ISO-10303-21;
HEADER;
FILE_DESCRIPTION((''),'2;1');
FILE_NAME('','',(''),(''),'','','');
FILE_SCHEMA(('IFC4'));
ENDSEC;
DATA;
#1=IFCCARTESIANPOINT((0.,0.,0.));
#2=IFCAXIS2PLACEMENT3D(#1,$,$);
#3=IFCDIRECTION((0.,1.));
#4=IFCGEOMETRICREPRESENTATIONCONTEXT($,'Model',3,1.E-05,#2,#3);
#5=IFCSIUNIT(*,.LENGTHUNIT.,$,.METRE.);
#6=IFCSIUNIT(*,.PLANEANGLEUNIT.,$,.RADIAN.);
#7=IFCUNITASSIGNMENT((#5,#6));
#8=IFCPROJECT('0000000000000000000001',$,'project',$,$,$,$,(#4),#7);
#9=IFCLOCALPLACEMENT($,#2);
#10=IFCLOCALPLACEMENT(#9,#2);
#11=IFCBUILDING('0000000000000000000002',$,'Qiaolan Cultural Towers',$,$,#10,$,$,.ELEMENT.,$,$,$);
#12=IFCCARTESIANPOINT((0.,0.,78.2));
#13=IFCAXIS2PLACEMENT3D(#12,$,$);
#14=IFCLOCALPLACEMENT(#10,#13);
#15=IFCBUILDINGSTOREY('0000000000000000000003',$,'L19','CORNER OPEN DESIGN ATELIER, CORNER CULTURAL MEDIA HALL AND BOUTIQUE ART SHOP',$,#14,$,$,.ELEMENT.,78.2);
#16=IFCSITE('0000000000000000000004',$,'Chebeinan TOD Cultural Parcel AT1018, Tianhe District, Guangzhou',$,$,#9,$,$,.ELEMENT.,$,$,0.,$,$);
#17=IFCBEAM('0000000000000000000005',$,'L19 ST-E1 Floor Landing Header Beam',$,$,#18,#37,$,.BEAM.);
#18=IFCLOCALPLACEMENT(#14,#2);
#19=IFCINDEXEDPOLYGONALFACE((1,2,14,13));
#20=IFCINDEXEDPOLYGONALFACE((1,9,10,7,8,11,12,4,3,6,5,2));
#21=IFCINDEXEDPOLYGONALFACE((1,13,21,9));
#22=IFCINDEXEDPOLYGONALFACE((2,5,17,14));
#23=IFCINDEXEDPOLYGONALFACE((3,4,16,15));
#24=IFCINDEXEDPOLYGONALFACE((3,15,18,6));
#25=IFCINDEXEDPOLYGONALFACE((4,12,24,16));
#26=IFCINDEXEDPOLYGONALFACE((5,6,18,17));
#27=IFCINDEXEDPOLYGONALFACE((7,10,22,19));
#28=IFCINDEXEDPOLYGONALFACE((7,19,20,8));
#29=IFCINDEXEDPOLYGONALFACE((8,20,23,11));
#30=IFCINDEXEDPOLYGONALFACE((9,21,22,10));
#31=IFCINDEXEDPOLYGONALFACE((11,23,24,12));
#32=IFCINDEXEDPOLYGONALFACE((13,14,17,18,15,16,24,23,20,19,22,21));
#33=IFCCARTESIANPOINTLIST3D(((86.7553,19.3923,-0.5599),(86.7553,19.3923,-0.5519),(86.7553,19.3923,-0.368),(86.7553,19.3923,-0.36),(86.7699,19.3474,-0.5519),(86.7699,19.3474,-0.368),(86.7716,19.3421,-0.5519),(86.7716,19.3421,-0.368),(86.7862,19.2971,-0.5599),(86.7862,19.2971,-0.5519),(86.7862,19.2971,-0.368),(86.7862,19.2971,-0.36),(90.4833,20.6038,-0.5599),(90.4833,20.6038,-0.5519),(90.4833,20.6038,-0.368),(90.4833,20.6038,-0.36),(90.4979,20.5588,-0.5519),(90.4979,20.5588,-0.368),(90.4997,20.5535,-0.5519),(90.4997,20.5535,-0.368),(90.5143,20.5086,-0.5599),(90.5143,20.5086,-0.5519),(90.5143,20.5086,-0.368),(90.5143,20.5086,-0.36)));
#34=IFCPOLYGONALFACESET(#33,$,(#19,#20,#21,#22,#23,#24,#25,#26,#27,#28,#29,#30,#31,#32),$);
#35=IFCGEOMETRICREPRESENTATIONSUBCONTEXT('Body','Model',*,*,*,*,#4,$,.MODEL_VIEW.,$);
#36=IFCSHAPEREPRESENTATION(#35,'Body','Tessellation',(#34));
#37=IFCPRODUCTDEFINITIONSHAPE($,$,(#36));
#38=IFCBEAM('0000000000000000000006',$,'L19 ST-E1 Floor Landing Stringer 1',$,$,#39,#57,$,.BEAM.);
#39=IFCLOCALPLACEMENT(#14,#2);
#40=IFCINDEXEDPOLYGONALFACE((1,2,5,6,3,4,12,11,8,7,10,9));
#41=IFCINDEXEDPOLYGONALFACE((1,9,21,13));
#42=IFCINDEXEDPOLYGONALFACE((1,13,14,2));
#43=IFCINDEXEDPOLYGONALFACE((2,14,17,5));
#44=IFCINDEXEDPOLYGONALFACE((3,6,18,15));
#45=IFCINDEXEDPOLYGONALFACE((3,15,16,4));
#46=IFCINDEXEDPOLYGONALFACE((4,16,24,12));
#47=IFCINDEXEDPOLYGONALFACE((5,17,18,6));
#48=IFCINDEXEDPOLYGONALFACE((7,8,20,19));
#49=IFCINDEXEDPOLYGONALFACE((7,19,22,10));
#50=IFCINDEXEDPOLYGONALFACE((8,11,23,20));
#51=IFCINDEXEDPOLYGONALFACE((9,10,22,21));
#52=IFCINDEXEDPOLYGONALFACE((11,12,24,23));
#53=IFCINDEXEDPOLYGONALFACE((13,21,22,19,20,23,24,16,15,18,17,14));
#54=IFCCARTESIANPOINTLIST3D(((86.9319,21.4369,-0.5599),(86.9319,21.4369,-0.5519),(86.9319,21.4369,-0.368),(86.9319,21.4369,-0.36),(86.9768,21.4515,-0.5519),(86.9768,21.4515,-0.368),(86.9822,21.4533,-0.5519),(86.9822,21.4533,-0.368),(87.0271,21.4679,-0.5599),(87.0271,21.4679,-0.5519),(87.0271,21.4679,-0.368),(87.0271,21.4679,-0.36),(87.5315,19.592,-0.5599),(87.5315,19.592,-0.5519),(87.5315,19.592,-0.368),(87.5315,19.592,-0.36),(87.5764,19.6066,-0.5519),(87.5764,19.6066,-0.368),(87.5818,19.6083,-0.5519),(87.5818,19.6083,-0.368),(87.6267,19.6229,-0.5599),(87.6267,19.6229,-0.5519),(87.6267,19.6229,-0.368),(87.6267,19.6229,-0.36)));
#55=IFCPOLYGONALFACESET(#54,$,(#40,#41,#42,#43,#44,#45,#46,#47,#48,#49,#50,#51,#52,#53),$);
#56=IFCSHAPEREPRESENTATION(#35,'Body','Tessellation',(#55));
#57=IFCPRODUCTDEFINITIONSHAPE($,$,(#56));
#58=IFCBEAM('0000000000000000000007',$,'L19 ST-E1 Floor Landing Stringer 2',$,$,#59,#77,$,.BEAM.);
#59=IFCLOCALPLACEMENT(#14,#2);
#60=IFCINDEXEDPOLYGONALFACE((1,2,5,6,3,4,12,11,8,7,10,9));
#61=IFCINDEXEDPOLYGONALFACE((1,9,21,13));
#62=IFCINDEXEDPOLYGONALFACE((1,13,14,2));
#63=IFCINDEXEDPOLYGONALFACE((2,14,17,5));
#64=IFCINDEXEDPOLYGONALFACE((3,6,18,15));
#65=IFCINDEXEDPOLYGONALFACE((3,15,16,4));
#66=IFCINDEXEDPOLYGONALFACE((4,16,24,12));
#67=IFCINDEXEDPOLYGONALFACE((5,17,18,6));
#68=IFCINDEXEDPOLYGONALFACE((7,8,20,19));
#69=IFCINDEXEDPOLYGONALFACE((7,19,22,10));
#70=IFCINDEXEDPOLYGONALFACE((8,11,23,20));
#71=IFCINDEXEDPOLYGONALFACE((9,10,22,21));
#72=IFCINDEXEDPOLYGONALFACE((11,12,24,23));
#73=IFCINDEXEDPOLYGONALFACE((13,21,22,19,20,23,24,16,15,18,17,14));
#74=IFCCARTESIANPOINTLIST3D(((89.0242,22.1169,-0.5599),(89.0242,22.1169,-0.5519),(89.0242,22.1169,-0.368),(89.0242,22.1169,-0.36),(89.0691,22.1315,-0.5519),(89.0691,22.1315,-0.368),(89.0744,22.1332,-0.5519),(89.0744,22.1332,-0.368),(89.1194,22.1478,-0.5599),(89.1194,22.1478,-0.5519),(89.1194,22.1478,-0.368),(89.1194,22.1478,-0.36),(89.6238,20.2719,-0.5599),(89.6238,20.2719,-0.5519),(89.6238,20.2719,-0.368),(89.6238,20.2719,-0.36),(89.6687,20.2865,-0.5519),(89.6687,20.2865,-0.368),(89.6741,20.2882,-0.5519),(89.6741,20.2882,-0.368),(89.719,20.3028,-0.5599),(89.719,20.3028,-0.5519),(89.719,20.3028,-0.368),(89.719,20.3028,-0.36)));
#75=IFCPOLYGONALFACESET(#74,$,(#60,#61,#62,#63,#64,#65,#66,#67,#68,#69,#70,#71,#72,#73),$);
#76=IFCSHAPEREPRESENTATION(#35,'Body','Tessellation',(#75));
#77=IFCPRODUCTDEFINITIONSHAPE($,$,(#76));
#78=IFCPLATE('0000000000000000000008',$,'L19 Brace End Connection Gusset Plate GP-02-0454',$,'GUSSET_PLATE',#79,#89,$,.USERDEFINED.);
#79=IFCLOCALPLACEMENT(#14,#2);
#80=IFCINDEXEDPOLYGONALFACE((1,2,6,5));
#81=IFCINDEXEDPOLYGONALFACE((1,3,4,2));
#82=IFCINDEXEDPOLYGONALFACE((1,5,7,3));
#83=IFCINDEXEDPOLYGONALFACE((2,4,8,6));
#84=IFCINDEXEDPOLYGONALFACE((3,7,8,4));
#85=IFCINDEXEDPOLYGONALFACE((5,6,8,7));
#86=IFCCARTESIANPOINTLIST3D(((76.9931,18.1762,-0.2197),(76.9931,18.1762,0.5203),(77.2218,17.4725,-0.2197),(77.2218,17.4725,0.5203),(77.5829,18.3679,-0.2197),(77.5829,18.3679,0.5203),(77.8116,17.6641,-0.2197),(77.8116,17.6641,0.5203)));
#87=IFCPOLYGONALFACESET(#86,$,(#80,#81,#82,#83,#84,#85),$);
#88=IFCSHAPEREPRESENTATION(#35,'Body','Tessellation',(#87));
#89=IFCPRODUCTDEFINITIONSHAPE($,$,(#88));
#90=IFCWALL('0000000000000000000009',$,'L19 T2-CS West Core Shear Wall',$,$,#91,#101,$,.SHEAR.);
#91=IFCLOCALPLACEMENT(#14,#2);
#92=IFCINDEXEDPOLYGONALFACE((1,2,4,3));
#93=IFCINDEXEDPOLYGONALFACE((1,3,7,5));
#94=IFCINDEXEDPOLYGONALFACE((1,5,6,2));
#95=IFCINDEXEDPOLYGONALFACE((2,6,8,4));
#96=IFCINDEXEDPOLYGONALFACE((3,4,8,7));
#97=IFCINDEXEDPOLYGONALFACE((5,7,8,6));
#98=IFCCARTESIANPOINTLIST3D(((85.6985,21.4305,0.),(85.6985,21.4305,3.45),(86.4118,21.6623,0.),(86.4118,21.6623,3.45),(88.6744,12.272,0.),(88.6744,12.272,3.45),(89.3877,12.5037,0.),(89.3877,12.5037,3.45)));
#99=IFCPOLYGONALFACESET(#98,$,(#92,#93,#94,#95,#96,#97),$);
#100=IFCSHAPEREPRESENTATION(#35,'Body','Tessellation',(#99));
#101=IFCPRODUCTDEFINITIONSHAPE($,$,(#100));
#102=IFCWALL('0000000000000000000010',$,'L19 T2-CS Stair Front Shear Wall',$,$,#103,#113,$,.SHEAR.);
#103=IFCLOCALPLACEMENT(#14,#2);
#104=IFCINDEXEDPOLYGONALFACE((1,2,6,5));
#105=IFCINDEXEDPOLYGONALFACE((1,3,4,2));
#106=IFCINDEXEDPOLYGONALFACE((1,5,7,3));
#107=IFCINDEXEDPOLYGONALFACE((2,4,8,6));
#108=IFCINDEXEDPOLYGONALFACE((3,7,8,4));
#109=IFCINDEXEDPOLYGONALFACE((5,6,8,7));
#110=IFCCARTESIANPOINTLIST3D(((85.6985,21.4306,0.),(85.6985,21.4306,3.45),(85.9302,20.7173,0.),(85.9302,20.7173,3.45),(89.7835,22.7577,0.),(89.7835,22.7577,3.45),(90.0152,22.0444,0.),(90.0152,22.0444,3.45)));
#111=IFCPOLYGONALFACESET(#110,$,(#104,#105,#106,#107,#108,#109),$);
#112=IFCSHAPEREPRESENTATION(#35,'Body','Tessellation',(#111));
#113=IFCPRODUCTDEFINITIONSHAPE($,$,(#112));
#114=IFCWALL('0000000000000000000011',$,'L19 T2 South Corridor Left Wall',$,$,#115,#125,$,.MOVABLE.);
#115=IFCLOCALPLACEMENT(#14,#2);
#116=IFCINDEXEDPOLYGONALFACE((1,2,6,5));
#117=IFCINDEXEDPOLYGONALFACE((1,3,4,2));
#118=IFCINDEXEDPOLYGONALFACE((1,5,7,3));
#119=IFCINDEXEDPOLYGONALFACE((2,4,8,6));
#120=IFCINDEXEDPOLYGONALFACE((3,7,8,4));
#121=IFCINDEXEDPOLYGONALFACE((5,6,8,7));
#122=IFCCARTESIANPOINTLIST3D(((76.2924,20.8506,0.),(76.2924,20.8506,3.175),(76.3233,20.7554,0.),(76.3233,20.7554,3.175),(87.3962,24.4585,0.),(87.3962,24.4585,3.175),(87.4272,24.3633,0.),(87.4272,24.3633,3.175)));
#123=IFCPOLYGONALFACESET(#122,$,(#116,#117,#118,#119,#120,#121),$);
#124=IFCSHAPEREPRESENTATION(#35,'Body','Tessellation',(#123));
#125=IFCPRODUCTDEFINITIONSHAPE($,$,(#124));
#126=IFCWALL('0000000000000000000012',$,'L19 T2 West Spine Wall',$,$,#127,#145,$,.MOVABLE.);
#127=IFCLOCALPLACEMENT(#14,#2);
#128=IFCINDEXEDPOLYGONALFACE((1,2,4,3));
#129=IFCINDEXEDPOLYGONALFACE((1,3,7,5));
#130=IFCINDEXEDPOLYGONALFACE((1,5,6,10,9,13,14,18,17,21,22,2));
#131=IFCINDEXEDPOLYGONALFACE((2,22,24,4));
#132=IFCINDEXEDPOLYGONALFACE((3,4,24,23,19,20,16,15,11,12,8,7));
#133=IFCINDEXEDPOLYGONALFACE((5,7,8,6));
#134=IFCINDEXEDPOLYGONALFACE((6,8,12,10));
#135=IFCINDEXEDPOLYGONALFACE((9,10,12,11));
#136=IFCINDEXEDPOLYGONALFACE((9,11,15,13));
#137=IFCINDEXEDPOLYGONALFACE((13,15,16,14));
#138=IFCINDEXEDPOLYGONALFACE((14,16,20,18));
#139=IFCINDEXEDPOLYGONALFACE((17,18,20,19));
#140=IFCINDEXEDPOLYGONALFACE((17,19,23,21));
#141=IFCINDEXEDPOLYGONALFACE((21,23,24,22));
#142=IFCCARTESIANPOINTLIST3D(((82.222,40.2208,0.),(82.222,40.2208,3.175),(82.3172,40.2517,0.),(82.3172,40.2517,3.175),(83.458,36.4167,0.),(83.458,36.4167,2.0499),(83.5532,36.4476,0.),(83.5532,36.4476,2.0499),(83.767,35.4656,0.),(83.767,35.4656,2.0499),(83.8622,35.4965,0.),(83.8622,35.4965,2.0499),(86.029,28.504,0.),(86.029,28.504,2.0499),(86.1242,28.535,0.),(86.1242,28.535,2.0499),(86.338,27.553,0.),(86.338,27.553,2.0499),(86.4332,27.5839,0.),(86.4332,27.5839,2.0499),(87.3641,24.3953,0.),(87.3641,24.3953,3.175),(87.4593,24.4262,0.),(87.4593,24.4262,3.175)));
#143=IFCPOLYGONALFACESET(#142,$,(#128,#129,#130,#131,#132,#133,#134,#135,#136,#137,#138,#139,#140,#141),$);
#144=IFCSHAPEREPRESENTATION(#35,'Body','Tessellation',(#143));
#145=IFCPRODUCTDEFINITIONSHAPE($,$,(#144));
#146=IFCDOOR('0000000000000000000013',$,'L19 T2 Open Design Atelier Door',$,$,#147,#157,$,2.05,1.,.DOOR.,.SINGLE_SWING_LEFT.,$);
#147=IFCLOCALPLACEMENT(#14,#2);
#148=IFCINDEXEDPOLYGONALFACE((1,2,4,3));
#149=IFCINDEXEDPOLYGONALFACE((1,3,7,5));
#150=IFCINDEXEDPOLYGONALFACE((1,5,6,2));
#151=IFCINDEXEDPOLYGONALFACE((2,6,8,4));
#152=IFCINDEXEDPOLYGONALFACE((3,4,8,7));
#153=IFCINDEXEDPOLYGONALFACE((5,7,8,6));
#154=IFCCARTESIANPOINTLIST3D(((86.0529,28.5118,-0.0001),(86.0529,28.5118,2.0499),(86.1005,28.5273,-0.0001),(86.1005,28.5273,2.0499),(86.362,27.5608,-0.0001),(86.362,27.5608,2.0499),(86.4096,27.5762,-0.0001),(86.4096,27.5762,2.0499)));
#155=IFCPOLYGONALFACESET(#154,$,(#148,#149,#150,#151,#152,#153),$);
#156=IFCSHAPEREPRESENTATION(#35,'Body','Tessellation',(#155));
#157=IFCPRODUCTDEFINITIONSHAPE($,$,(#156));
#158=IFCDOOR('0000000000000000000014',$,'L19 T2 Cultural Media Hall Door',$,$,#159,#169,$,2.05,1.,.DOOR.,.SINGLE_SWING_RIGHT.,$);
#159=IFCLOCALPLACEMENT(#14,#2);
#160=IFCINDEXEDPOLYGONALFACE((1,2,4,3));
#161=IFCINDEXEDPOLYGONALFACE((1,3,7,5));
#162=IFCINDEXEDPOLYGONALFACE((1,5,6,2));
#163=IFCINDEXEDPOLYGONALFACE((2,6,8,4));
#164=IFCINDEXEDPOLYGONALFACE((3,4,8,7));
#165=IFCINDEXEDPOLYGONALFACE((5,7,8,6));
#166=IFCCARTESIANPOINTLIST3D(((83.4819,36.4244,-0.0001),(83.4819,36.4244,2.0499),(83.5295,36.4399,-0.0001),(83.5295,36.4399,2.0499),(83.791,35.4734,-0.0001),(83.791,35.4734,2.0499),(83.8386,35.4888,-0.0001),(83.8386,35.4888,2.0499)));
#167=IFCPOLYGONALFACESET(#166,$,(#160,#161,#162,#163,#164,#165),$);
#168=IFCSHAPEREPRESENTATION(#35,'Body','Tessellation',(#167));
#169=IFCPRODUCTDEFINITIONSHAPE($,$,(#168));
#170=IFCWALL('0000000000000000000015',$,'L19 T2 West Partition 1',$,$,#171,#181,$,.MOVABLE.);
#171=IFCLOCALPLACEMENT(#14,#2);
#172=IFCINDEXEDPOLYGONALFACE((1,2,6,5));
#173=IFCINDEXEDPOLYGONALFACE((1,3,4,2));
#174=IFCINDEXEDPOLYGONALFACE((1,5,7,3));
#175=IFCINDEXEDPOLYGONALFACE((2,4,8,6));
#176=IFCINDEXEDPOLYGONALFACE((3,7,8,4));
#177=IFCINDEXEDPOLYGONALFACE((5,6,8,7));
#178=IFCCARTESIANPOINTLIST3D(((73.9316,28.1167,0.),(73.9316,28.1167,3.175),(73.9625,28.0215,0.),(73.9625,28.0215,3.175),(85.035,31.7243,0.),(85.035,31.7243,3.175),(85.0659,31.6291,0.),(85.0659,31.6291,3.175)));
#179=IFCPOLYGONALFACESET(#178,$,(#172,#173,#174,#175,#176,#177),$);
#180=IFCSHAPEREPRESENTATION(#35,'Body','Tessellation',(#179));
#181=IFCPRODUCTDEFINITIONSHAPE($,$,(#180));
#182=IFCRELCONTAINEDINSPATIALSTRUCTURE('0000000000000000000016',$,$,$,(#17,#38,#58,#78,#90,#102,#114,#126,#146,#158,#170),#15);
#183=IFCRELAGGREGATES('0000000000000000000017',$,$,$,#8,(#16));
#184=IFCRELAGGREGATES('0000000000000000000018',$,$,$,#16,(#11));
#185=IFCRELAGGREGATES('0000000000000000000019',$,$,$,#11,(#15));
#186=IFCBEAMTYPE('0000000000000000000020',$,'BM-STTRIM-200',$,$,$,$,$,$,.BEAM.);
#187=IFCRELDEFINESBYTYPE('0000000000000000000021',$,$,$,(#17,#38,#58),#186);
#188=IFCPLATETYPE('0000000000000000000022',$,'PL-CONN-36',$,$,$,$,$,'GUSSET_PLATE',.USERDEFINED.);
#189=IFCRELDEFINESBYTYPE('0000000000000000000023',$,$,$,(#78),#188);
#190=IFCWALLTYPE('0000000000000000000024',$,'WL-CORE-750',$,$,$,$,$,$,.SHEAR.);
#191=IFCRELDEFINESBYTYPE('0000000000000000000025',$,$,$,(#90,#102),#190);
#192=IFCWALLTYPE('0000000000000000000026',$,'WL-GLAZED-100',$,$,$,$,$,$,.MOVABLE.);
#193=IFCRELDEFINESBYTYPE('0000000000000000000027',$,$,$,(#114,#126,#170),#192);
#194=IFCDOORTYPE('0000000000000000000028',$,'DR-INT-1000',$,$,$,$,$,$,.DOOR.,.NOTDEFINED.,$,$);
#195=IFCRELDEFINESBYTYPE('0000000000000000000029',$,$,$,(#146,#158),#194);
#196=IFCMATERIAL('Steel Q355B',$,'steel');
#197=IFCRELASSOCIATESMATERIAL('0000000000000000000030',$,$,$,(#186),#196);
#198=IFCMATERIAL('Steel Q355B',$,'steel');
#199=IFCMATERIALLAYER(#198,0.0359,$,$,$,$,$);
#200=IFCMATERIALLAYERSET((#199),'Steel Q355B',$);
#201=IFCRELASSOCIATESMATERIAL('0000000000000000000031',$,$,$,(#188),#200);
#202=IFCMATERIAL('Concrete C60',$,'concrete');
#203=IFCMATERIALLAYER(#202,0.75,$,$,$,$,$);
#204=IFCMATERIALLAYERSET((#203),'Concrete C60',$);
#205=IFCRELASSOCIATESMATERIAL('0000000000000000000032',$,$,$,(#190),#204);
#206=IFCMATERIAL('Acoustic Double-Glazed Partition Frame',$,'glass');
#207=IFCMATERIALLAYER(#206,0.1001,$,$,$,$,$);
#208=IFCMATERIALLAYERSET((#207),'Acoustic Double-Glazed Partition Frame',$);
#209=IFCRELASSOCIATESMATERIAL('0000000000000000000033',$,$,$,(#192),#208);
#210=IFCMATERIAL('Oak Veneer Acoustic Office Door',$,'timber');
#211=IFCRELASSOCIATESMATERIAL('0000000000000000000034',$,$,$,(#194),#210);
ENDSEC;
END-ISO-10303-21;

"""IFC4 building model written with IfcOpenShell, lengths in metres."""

from ifc_helpers import new_model, si_unit, direction, frame, frame_2d, origin, origin_2d, place, context, subcontext, project, spatial, rectangle, i_section, extrude, material, layer, layer_set, material_profile, profile_set, type_object, element, fill, save


model = new_model("IFC4")

# Units and contexts
model_context = context("Model", 3, precision=1e-05, world=origin(), true_north=direction((0.0, 1.0)))
body_context = subcontext(model_context, "Body", "Model", "MODEL_VIEW")
ifc_project = project(units=[si_unit("LENGTHUNIT", "METRE"), si_unit("PLANEANGLEUNIT", "RADIAN")], contexts=[model_context])

# Site, building, storey
site_placement = place(None, origin())
site = spatial("IfcSite", under=ifc_project, at=site_placement, Name="Chebeinan TOD Cultural Parcel AT1018, Tianhe District, Guangzhou", CompositionType="ELEMENT", RefElevation=0.0)
building_placement = place(site_placement, origin())
building = spatial("IfcBuilding", under=site, at=building_placement, Name="Qiaolan Cultural Towers", CompositionType="ELEMENT")
storey_placement = place(building_placement, frame((0.0, 0.0, 78.2)))
storey = spatial("IfcBuildingStorey", under=building, at=storey_placement, Name="L19", Description="CORNER OPEN DESIGN ATELIER, CORNER CULTURAL MEDIA HALL AND BOUTIQUE ART SHOP", CompositionType="ELEMENT", Elevation=78.2)

# Beams
ifc_material_1 = material(Name="Steel Q355B", Category="steel")
ifc_material_profile_1 = material_profile(ifc_material_1, i_section(OverallWidth=0.1001, OverallDepth=0.2, WebThickness=0.0056, FlangeThickness=0.0081, at=origin_2d()), Name="HN200x100x5.5x8")
ifc_profile_set_1 = profile_set([ifc_material_profile_1], Name="Steel Q355B")
beam_type_1 = type_object("IfcBeamType", Name="BM-STTRIM-200", PredefinedType="BEAM", material=ifc_profile_set_1)
beam_1_placement = place(storey_placement, frame((86.7708, 19.3447, -0.46), z_axis=(0.951048, 0.309044, 0.0), x_axis=(-0.309044, 0.951048, 0.0)))
element("IfcBeam", 1, at=beam_1_placement, inside=storey, type_object=beam_type_1, Name="L19 ST-E1 Floor Landing Header Beam", PredefinedType="BEAM", context=body_context, shape_type="SweptSolid", body=[
    extrude(i_section(OverallWidth=0.1001, OverallDepth=0.2, WebThickness=0.0056, FlangeThickness=0.0081, at=origin_2d()), origin(), (0.0, 0.0, 1.0), 3.9199),
])
for number, where, z_axis, x_axis, name in (
    (2, (86.9795, 21.4524, -0.46), (0.309083, -0.951035, 0.0), (0.951035, 0.309083, 0.0), "L19 ST-E1 Floor Landing Stringer 1"),
    (3, (89.0718, 22.1323, -0.46), (0.309083, -0.951035, 0.0), (0.951035, 0.309083, 0.0), "L19 ST-E1 Floor Landing Stringer 2"),
):
    element("IfcBeam", number, at=place(storey_placement, frame(where, z_axis=z_axis, x_axis=x_axis)), inside=storey, type_object=beam_type_1, Name=name, PredefinedType="BEAM", context=body_context, shape_type="SweptSolid", body=[
        extrude(i_section(OverallWidth=0.1001, OverallDepth=0.2, WebThickness=0.0056, FlangeThickness=0.0081, at=origin_2d()), origin(), (0.0, 0.0, 1.0), 1.9399),
    ])

# Plate
ifc_material_2 = material(Name="Steel Q355B", Category="steel")
ifc_layer_1 = layer(ifc_material_2, 0.0359)
ifc_layer_set_1 = layer_set([ifc_layer_1], Name="Steel Q355B")
plate_type = type_object("IfcPlateType", Name="PL-CONN-36", ElementType="GUSSET_PLATE", PredefinedType="USERDEFINED", material=ifc_layer_set_1)
plate_placement = place(storey_placement, frame((77.4023, 17.9202, -0.2197), z_axis=(0.0, 0.0, 1.0), x_axis=(-0.309017, 0.951057, 0.0)))
element("IfcPlate", 4, at=plate_placement, inside=storey, type_object=plate_type, Name="L19 Brace End Connection Gusset Plate GP-02-0454", ObjectType="GUSSET_PLATE", PredefinedType="USERDEFINED", context=body_context, shape_type="SweptSolid", body=[
    extrude(rectangle(XDim=0.74, YDim=0.6201, at=origin_2d()), origin(), (0.0, 0.0, 1.0), 0.74),
])

# Walls
ifc_material_3 = material(Name="Concrete C60", Category="concrete")
ifc_layer_2 = layer(ifc_material_3, 0.75)
ifc_layer_set_2 = layer_set([ifc_layer_2], Name="Concrete C60")
wall_type_1 = type_object("IfcWallType", Name="WL-CORE-750", PredefinedType="SHEAR", material=ifc_layer_set_2)
wall_1_placement = place(storey_placement, frame((86.0552, 21.5464, 0.0), z_axis=(0.0, 0.0, 1.0), x_axis=(0.309024, -0.951054, 0.0)))
element("IfcWall", 5, at=wall_1_placement, inside=storey, type_object=wall_type_1, Name="L19 T2-CS West Core Shear Wall", PredefinedType="SHEAR", context=body_context, shape_type="SweptSolid", body=[
    extrude(rectangle(XDim=9.6299, YDim=0.75, at=frame_2d((4.8149, 0.0))), origin(), (0.0, 0.0, 1.0), 3.45),
])
wall_2_placement = place(storey_placement, frame((85.8145, 21.074, 0.0), z_axis=(0.0, 0.0, 1.0), x_axis=(0.951066, 0.308988, 0.0)))
element("IfcWall", 6, at=wall_2_placement, inside=storey, type_object=wall_type_1, Name="L19 T2-CS Stair Front Shear Wall", PredefinedType="SHEAR", context=body_context, shape_type="SweptSolid", body=[
    extrude(rectangle(XDim=4.2952, YDim=0.75, at=frame_2d((2.1475, 0.0))), origin(), (0.0, 0.0, 1.0), 3.45),
])
ifc_material_4 = material(Name="Acoustic Double-Glazed Partition Frame", Category="glass")
ifc_layer_3 = layer(ifc_material_4, 0.1001)
ifc_layer_set_3 = layer_set([ifc_layer_3], Name="Acoustic Double-Glazed Partition Frame")
wall_type_2 = type_object("IfcWallType", Name="WL-GLAZED-100", PredefinedType="MOVABLE", material=ifc_layer_set_3)
wall_3_placement = place(storey_placement, frame((76.3079, 20.803, 0.0), z_axis=(0.0, 0.0, 1.0), x_axis=(0.951055, 0.309023, 0.0)))
element("IfcWall", 7, at=wall_3_placement, inside=storey, type_object=wall_type_2, Name="L19 T2 South Corridor Left Wall", PredefinedType="MOVABLE", context=body_context, shape_type="SweptSolid", body=[
    extrude(rectangle(XDim=11.6753, YDim=0.1001, at=frame_2d((5.8376, 0.0))), origin(), (0.0, 0.0, 1.0), 3.175),
])

# Wall, openings, doors
wall_4_placement = place(storey_placement, frame((87.4116, 24.4109, 0.0), z_axis=(0.0, 0.0, 1.0), x_axis=(-0.309022, 0.951055, 0.0)))
wall_4 = element("IfcWall", 8, at=wall_4_placement, inside=storey, type_object=wall_type_2, Name="L19 T2 West Spine Wall", PredefinedType="MOVABLE", context=body_context, shape_type="SweptSolid", body=[
    extrude(rectangle(XDim=16.6399, YDim=0.1001, at=frame_2d((8.3198, 0.0))), origin(), (0.0, 0.0, 1.0), 3.175),
])
opening_1_placement = place(wall_4_placement, frame((3.3201, 0.0, 0.0)))
opening_1 = element("IfcOpeningElement", 9, at=opening_1_placement, cuts=wall_4, PredefinedType="OPENING", context=body_context, shape_type="SweptSolid", body=[
    extrude(rectangle(XDim=1.0, YDim=2.05, at=frame_2d((0.5, 1.0249))), frame((0.0, 0.0601, 0.0), z_axis=(0.0, -1.0, 0.0), x_axis=(1.0, 0.0, 0.0)), (0.0, 0.0, 1.0), 0.1201),
])
opening_2_placement = place(wall_4_placement, frame((11.6399, 0.0, 0.0)))
opening_2 = element("IfcOpeningElement", 10, at=opening_2_placement, cuts=wall_4, PredefinedType="OPENING", context=body_context, shape_type="SweptSolid", body=[
    extrude(rectangle(XDim=1.0, YDim=2.05, at=frame_2d((0.5, 1.0249))), frame((0.0, 0.0601, 0.0), z_axis=(0.0, -1.0, 0.0), x_axis=(1.0, 0.0, 0.0)), (0.0, 0.0, 1.0), 0.1201),
])
ifc_material_5 = material(Name="Oak Veneer Acoustic Office Door", Category="timber")
door_type = type_object("IfcDoorType", Name="DR-INT-1000", OperationType="NOTDEFINED", PredefinedType="DOOR", material=ifc_material_5)
door_1_placement = place(opening_1_placement, origin())
door_1 = element("IfcDoor", 11, at=door_1_placement, inside=storey, type_object=door_type, Name="L19 T2 Open Design Atelier Door", OperationType="SINGLE_SWING_LEFT", OverallHeight=2.05, OverallWidth=1.0, PredefinedType="DOOR", context=body_context, shape_type="SweptSolid", body=[
    extrude(rectangle(XDim=1.0, YDim=2.05, at=frame_2d((0.5, 1.0249))), frame((0.0, 0.0249, 0.0), z_axis=(0.0, -1.0, 0.0), x_axis=(1.0, 0.0, 0.0)), (0.0, 0.0, 1.0), 0.05),
])
fill(opening_1, door_1)
door_2_placement = place(opening_2_placement, origin())
door_2 = element("IfcDoor", 12, at=door_2_placement, inside=storey, type_object=door_type, Name="L19 T2 Cultural Media Hall Door", OperationType="SINGLE_SWING_RIGHT", OverallHeight=2.05, OverallWidth=1.0, PredefinedType="DOOR", context=body_context, shape_type="SweptSolid", body=[
    extrude(rectangle(XDim=1.0, YDim=2.05, at=frame_2d((0.5, 1.0249))), frame((0.0, 0.0249, 0.0), z_axis=(0.0, -1.0, 0.0), x_axis=(1.0, 0.0, 0.0)), (0.0, 0.0, 1.0), 0.05),
])
fill(opening_2, door_2)

# Wall
wall_5_placement = place(storey_placement, frame((73.947, 28.0691, 0.0), z_axis=(0.0, 0.0, 1.0), x_axis=(0.951059, 0.30901, 0.0)))
element("IfcWall", 13, at=wall_5_placement, inside=storey, type_object=wall_type_2, Name="L19 T2 West Partition 1", PredefinedType="MOVABLE", context=body_context, shape_type="SweptSolid", body=[
    extrude(rectangle(XDim=11.6748, YDim=0.1001, at=frame_2d((5.8374, 0.0))), origin(), (0.0, 0.0, 1.0), 3.175),
])

save(model, "model.ifc")
